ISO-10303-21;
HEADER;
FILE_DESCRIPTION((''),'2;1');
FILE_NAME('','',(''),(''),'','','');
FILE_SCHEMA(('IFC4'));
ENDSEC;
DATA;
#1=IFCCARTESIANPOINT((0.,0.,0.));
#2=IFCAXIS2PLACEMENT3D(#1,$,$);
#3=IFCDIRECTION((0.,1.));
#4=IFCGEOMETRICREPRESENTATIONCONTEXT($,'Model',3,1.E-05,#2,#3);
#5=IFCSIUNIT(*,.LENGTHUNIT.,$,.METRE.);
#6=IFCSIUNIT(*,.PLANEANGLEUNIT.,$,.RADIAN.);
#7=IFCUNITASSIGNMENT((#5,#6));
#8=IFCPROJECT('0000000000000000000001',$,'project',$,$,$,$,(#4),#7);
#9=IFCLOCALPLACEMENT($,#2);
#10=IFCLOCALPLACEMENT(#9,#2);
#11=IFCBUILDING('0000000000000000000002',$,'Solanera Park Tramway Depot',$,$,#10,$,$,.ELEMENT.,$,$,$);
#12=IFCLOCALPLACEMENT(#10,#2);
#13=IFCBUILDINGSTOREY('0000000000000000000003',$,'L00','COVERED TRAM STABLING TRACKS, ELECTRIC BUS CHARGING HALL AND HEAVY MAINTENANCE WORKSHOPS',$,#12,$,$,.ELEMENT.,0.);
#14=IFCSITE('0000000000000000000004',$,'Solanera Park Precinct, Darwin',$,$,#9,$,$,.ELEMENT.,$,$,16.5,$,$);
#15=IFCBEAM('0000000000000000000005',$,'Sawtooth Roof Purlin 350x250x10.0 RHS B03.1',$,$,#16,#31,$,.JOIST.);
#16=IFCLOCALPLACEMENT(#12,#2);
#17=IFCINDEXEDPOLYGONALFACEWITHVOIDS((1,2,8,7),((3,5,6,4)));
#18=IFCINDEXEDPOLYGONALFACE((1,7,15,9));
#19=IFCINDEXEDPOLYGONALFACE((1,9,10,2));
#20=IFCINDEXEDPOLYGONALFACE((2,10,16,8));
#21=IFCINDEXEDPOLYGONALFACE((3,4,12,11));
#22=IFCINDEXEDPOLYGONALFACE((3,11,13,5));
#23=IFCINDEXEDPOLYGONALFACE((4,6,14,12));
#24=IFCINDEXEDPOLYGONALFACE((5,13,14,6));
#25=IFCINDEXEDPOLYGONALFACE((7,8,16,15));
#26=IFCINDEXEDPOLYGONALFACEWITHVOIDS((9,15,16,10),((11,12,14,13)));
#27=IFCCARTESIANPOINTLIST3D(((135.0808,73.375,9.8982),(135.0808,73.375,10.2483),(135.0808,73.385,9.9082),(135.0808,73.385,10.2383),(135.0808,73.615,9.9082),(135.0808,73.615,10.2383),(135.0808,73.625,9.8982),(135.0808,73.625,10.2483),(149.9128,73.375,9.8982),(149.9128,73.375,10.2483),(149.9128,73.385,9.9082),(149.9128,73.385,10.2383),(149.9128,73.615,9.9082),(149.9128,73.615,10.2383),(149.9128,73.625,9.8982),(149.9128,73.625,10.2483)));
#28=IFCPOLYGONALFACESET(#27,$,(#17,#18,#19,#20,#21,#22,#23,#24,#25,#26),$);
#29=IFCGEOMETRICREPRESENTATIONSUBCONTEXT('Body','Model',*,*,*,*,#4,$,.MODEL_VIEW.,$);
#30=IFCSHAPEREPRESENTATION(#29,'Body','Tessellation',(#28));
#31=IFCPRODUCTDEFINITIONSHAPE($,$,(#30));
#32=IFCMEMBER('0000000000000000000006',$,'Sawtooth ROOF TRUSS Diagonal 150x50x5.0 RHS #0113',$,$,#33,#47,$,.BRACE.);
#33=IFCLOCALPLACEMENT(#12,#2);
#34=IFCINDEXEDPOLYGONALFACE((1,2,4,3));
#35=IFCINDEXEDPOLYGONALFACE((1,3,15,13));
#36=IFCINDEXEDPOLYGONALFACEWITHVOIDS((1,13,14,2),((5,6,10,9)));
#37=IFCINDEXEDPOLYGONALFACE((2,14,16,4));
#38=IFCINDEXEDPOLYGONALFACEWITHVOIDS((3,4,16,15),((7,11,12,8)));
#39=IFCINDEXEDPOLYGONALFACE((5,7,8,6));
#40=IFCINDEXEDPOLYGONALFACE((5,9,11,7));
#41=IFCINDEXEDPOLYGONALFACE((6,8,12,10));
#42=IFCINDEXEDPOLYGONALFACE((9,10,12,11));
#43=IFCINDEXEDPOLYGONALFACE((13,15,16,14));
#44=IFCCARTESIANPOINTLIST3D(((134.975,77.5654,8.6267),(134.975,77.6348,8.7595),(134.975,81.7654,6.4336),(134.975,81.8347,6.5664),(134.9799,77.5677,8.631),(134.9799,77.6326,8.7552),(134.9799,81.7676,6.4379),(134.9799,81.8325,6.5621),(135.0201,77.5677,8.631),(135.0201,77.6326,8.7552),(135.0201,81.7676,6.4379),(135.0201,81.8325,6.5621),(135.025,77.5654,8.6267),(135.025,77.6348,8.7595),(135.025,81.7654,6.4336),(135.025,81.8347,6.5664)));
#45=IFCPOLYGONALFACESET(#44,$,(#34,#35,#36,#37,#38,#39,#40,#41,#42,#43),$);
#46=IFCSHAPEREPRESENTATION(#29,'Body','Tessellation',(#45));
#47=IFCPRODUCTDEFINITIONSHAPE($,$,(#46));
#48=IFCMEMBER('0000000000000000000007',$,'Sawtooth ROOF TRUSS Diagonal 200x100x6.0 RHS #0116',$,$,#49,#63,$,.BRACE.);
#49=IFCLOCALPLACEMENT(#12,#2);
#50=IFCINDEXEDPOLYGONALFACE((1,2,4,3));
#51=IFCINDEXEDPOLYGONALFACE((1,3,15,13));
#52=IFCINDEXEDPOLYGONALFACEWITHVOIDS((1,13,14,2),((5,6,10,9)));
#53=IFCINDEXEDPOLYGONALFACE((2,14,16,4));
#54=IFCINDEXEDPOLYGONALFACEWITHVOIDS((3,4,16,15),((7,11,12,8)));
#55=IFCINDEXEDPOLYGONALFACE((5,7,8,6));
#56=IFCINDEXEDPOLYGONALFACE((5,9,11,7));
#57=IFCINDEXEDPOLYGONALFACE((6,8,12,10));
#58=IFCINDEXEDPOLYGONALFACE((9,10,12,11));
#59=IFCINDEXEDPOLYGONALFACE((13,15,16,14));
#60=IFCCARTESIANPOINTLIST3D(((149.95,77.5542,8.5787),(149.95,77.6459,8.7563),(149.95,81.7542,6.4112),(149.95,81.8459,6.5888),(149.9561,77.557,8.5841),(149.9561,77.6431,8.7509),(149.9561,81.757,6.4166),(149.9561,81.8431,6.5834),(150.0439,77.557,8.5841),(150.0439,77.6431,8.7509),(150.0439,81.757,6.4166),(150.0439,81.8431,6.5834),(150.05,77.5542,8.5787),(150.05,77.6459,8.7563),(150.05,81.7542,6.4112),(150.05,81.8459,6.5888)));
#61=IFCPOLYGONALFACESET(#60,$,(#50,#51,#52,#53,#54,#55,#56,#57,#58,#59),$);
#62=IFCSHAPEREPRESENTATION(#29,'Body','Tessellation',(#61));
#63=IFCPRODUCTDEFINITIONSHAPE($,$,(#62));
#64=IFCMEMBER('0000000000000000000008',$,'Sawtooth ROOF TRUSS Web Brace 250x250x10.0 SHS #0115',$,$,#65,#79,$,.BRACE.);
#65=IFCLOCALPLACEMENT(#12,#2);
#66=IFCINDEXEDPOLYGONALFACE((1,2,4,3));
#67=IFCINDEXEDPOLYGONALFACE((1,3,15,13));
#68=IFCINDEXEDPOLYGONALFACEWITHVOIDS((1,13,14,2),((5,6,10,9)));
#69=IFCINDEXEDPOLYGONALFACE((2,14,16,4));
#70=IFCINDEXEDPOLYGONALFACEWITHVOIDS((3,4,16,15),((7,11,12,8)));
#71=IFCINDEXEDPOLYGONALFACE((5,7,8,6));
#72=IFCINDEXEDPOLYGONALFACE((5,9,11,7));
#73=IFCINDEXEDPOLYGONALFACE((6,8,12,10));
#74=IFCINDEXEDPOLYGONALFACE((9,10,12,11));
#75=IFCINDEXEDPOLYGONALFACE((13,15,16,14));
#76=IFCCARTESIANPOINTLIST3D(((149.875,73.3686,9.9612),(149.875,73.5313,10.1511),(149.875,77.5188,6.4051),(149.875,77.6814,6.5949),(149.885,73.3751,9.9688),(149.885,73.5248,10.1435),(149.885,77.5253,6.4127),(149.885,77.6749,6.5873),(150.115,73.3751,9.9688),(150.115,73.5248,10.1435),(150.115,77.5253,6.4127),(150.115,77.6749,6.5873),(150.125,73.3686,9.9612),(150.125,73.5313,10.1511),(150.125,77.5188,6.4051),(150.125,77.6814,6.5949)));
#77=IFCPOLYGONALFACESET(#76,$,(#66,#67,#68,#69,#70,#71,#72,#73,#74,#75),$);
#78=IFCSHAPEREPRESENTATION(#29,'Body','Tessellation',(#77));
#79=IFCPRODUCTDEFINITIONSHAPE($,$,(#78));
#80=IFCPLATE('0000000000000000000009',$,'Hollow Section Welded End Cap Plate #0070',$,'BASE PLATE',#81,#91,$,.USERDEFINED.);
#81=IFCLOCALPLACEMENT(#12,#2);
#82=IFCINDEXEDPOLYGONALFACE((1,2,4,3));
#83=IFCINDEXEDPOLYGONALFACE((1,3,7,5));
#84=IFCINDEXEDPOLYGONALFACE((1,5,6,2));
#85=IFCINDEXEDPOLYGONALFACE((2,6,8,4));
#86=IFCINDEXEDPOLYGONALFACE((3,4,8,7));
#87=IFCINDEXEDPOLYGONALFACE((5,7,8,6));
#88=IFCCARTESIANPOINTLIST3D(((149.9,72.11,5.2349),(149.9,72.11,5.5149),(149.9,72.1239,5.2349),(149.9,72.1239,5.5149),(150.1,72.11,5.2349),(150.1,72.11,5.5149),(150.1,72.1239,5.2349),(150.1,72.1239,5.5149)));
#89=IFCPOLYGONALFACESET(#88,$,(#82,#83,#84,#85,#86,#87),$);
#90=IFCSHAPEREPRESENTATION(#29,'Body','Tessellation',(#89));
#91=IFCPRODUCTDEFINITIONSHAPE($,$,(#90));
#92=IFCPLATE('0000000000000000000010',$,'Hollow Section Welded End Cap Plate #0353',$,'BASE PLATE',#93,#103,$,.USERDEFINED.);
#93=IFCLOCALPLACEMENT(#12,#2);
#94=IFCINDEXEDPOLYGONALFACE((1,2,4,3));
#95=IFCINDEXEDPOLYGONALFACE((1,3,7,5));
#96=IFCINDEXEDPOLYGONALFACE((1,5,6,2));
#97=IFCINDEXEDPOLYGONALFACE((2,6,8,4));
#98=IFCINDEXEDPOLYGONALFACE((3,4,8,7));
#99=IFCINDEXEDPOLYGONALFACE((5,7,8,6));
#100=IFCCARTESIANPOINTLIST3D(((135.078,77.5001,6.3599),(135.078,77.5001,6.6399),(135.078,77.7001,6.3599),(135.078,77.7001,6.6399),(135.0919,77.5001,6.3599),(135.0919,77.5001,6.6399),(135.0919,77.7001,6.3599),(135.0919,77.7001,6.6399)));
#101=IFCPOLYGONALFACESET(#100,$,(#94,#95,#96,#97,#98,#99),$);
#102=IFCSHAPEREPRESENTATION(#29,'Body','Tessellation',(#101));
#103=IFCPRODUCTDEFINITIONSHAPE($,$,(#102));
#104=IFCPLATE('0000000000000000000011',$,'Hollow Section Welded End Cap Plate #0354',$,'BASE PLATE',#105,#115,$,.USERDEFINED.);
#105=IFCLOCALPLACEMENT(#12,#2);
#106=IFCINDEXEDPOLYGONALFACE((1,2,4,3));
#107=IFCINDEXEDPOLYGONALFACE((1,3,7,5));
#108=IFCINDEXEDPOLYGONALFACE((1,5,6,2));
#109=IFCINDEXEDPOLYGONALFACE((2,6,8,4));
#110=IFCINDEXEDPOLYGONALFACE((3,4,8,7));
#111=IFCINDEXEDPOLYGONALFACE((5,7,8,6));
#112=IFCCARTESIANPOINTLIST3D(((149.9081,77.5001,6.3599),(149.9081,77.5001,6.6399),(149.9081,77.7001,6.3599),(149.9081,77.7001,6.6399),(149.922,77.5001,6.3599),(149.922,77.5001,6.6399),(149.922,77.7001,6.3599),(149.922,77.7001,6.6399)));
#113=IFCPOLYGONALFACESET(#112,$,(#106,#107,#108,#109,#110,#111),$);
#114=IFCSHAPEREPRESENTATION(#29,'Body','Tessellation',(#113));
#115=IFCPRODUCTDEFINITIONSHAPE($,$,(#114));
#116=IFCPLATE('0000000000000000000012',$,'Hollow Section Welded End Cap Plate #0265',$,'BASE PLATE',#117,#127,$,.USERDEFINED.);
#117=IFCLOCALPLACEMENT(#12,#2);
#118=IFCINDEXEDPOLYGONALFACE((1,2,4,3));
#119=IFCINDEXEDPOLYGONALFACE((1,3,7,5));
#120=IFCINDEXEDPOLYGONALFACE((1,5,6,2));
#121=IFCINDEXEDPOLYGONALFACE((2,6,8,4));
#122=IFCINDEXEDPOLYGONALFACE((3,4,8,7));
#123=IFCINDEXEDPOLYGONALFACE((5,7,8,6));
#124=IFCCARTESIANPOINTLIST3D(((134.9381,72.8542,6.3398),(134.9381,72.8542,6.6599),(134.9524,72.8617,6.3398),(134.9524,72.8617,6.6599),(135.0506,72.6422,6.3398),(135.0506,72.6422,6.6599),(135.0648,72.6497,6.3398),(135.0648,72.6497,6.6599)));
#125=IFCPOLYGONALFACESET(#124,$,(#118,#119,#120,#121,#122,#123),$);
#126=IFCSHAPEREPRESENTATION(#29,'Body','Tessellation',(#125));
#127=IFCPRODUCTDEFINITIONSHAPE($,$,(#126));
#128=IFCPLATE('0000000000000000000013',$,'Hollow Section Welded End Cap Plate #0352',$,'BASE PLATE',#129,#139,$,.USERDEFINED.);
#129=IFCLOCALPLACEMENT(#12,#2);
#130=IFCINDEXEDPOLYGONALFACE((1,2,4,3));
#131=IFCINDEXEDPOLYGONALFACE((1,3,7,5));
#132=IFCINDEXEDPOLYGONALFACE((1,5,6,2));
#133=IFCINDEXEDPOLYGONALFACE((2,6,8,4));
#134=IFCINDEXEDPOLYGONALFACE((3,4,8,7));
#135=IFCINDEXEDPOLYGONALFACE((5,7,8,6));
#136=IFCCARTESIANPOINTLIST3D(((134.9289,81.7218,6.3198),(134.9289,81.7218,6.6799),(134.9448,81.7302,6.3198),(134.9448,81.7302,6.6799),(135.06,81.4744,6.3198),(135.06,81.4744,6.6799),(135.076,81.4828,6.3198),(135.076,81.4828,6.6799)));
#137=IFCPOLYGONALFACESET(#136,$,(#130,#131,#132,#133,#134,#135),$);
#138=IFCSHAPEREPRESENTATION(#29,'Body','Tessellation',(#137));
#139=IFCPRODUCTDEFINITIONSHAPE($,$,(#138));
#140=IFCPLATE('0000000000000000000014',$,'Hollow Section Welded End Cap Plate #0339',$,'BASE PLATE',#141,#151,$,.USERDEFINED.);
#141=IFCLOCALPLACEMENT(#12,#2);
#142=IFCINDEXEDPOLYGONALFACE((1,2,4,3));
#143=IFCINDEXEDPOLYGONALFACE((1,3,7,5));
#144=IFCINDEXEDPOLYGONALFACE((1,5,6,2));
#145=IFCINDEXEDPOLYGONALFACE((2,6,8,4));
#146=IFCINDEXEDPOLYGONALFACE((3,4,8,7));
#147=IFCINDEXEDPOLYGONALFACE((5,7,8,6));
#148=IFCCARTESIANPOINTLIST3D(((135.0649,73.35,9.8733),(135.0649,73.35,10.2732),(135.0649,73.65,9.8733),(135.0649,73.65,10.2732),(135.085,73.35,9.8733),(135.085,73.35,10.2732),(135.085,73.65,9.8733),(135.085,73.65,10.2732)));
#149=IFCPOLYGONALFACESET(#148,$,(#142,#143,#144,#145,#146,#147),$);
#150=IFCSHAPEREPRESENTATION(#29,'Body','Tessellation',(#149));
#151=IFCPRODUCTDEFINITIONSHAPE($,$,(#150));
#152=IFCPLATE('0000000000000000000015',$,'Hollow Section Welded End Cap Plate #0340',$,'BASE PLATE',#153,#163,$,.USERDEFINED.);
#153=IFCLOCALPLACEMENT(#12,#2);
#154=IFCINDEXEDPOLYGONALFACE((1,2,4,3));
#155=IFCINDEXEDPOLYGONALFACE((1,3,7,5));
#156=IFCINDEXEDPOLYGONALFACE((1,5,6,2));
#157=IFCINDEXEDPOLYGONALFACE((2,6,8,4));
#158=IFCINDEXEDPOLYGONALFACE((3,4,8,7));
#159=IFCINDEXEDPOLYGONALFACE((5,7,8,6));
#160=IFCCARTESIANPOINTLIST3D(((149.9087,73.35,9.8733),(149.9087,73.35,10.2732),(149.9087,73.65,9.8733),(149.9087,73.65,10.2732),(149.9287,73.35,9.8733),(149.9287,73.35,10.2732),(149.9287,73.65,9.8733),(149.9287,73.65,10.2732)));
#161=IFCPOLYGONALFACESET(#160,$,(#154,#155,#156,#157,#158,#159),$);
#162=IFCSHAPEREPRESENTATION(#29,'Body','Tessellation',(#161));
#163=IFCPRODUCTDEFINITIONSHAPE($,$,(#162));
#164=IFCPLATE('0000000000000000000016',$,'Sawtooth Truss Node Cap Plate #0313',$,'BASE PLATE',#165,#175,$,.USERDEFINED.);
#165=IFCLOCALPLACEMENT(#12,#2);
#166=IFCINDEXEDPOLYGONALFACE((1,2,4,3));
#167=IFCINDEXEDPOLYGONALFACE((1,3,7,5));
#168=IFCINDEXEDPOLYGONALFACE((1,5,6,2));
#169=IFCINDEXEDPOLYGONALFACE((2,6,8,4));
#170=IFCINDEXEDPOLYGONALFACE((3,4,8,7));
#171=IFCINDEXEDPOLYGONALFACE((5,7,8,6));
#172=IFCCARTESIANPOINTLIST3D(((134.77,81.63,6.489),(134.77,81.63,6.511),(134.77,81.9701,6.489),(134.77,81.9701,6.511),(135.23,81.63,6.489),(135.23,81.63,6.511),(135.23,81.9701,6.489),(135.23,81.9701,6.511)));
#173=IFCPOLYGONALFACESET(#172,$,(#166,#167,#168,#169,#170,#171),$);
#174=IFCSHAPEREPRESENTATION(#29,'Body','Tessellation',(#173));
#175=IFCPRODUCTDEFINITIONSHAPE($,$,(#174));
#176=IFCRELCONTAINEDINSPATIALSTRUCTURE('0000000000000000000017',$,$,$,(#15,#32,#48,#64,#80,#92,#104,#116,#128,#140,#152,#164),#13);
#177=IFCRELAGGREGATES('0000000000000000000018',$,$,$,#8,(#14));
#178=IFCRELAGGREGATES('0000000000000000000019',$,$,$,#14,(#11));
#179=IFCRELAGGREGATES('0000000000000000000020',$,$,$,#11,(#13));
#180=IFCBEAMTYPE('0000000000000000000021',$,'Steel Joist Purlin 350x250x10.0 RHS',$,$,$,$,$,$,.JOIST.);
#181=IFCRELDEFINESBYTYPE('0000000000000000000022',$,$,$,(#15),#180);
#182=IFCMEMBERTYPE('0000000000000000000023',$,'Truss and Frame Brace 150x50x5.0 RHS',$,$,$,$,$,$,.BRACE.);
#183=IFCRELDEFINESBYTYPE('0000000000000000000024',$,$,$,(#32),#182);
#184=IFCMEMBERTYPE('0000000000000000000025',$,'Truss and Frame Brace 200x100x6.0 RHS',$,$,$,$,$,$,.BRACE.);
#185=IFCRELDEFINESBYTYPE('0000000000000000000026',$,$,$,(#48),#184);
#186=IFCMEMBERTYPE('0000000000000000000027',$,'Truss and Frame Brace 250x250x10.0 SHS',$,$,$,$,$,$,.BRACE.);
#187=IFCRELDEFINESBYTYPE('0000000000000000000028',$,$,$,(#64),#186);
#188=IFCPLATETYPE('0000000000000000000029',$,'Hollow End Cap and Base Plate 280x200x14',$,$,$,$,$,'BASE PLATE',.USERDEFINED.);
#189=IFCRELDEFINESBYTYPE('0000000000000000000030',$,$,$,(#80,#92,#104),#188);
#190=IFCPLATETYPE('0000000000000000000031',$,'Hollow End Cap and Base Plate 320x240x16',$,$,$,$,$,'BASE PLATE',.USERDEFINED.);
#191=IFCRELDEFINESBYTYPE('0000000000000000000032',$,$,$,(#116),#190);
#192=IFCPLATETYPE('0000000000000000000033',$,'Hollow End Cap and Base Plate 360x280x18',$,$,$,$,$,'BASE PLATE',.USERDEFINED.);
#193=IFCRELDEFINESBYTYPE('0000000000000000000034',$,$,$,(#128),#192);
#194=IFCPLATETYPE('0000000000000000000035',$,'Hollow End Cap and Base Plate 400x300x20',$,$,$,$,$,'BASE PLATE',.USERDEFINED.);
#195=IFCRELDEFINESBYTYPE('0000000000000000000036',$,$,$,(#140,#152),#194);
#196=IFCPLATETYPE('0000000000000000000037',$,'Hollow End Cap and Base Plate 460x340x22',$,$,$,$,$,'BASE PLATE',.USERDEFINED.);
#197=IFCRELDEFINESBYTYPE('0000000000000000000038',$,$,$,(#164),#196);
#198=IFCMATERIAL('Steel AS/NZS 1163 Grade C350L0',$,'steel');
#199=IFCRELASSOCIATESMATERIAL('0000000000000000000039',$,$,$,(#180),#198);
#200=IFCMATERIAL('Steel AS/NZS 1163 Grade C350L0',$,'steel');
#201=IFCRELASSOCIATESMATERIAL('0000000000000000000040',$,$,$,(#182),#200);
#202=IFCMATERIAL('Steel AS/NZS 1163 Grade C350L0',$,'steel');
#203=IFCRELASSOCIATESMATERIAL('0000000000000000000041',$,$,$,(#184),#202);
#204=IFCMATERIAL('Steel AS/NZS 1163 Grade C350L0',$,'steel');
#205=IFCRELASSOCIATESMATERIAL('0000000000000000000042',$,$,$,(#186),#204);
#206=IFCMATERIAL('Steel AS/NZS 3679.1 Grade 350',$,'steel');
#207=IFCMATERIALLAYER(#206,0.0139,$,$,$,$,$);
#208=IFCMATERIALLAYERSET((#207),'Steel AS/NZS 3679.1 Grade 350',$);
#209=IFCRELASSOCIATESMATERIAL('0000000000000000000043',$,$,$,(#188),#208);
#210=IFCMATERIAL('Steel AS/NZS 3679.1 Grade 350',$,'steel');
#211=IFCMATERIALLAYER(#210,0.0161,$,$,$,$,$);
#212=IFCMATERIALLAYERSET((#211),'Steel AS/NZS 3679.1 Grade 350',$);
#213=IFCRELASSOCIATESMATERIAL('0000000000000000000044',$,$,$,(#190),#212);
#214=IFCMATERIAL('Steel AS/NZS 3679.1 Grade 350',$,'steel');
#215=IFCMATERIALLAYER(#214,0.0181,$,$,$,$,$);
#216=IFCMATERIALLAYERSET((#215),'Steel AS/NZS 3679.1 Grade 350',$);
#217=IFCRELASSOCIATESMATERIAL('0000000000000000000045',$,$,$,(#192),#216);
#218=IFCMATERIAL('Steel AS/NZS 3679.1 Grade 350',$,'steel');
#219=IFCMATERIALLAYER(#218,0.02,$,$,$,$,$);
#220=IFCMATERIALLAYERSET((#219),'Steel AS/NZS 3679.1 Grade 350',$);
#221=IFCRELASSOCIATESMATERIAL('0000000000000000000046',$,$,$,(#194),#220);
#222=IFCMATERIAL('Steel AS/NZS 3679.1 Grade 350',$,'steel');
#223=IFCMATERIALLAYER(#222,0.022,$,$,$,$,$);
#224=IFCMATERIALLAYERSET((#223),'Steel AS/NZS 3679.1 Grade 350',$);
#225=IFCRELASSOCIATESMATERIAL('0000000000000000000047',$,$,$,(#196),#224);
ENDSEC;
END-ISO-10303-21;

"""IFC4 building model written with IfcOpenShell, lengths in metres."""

from ifc_helpers import new_model, si_unit, direction, frame, origin, origin_2d, place, context, subcontext, project, spatial, rectangle, hollow_rectangle, extrude, material, layer, layer_set, material_profile, profile_set, type_object, element, save


model = new_model("IFC4")

# Units and contexts
model_context = context("Model", 3, precision=1e-05, world=origin(), true_north=direction((0.0, 1.0)))
body_context = subcontext(model_context, "Body", "Model", "MODEL_VIEW")
ifc_project = project(units=[si_unit("LENGTHUNIT", "METRE"), si_unit("PLANEANGLEUNIT", "RADIAN")], contexts=[model_context])

# Site, building, storey
site_placement = place(None, origin())
site = spatial("IfcSite", under=ifc_project, at=site_placement, Name="Solanera Park Precinct, Darwin", CompositionType="ELEMENT", RefElevation=16.5)
building_placement = place(site_placement, origin())
building = spatial("IfcBuilding", under=site, at=building_placement, Name="Solanera Park Tramway Depot", CompositionType="ELEMENT")
storey_placement = place(building_placement, origin())
storey = spatial("IfcBuildingStorey", under=building, at=storey_placement, Name="L00", Description="COVERED TRAM STABLING TRACKS, ELECTRIC BUS CHARGING HALL AND HEAVY MAINTENANCE WORKSHOPS", CompositionType="ELEMENT", Elevation=0.0)

# Beam
ifc_material_1 = material(Name="Steel AS/NZS 1163 Grade C350L0", Category="steel")
ifc_material_profile_1 = material_profile(ifc_material_1, hollow_rectangle(XDim=0.25, YDim=0.3501, WallThickness=0.01, at=origin_2d()), Name="350x250x10.0 RHS")
ifc_profile_set_1 = profile_set([ifc_material_profile_1], Name="Steel AS/NZS 1163 Grade C350L0")
beam_type_1 = type_object("IfcBeamType", Name="Steel Joist Purlin 350x250x10.0 RHS", PredefinedType="JOIST", material=ifc_profile_set_1)
beam_1_placement = place(storey_placement, frame((135.0808, 73.5, 10.0732), z_axis=(1.0, 0.0, 0.0), x_axis=(0.0, 1.0, 0.0)))
element("IfcBeam", 1, at=beam_1_placement, inside=storey, type_object=beam_type_1, Name="Sawtooth Roof Purlin 350x250x10.0 RHS B03.1", PredefinedType="JOIST", context=body_context, shape_type="SweptSolid", body=[
    extrude(hollow_rectangle(XDim=0.25, YDim=0.3501, WallThickness=0.01, at=origin_2d()), origin(), (0.0, 0.0, 1.0), 14.832),
])

# Members
ifc_material_2 = material(Name="Steel AS/NZS 1163 Grade C350L0", Category="steel")
ifc_material_profile_2 = material_profile(ifc_material_2, hollow_rectangle(XDim=0.05, YDim=0.1499, WallThickness=0.0049, at=origin_2d()), Name="150x50x5.0 RHS")
ifc_profile_set_2 = profile_set([ifc_material_profile_2], Name="Steel AS/NZS 1163 Grade C350L0")
member_type_1 = type_object("IfcMemberType", Name="Truss and Frame Brace 150x50x5.0 RHS", PredefinedType="BRACE", material=ifc_profile_set_2)
member_1_placement = place(storey_placement, frame((135.0, 81.8, 6.5), z_axis=(0.0, -0.886426, 0.462871), x_axis=(1.0, 0.0, 0.0)))
element("IfcMember", 2, at=member_1_placement, inside=storey, type_object=member_type_1, Name="Sawtooth ROOF TRUSS Diagonal 150x50x5.0 RHS #0113", PredefinedType="BRACE", context=body_context, shape_type="SweptSolid", body=[
    extrude(hollow_rectangle(XDim=0.05, YDim=0.1499, WallThickness=0.0049, at=origin_2d()), origin(), (0.0, 0.0, 1.0), 4.738),
])
ifc_material_3 = material(Name="Steel AS/NZS 1163 Grade C350L0", Category="steel")
ifc_material_profile_3 = material_profile(ifc_material_3, hollow_rectangle(XDim=0.1001, YDim=0.2, WallThickness=0.0061, at=origin_2d()), Name="200x100x6.0 RHS")
ifc_profile_set_3 = profile_set([ifc_material_profile_3], Name="Steel AS/NZS 1163 Grade C350L0")
member_type_2 = type_object("IfcMemberType", Name="Truss and Frame Brace 200x100x6.0 RHS", PredefinedType="BRACE", material=ifc_profile_set_3)
member_2_placement = place(storey_placement, frame((150.0, 81.8, 6.5), z_axis=(0.0, -0.888641, 0.458603), x_axis=(1.0, 0.0, 0.0)))
element("IfcMember", 3, at=member_2_placement, inside=storey, type_object=member_type_2, Name="Sawtooth ROOF TRUSS Diagonal 200x100x6.0 RHS #0116", PredefinedType="BRACE", context=body_context, shape_type="SweptSolid", body=[
    extrude(hollow_rectangle(XDim=0.1001, YDim=0.2, WallThickness=0.0061, at=origin_2d()), origin(), (0.0, 0.0, 1.0), 4.7263),
])
ifc_material_4 = material(Name="Steel AS/NZS 1163 Grade C350L0", Category="steel")
ifc_material_profile_4 = material_profile(ifc_material_4, hollow_rectangle(XDim=0.25, YDim=0.25, WallThickness=0.01, at=origin_2d()), Name="250x250x10.0 SHS")
ifc_profile_set_4 = profile_set([ifc_material_profile_4], Name="Steel AS/NZS 1163 Grade C350L0")
member_type_3 = type_object("IfcMemberType", Name="Truss and Frame Brace 250x250x10.0 SHS", PredefinedType="BRACE", material=ifc_profile_set_4)
member_3_placement = place(storey_placement, frame((150.0, 77.6001, 6.5), z_axis=(0.0, -0.759357, 0.650674), x_axis=(1.0, 0.0, 0.0)))
element("IfcMember", 4, at=member_3_placement, inside=storey, type_object=member_type_3, Name="Sawtooth ROOF TRUSS Web Brace 250x250x10.0 SHS #0115", PredefinedType="BRACE", context=body_context, shape_type="SweptSolid", body=[
    extrude(hollow_rectangle(XDim=0.25, YDim=0.25, WallThickness=0.01, at=origin_2d()), origin(), (0.0, 0.0, 1.0), 5.4653),
])

# Plates
ifc_material_5 = material(Name="Steel AS/NZS 3679.1 Grade 350", Category="steel")
ifc_layer_1 = layer(ifc_material_5, 0.0139)
ifc_layer_set_1 = layer_set([ifc_layer_1], Name="Steel AS/NZS 3679.1 Grade 350")
plate_type_1 = type_object("IfcPlateType", Name="Hollow End Cap and Base Plate 280x200x14", ElementType="BASE PLATE", PredefinedType="USERDEFINED", material=ifc_layer_set_1)
for number, where, z_axis, x_axis, name in (
    (5, (150.0, 72.1169, 5.2349), (0.0, 0.0, 1.0), (0.0, 1.0, 0.0), "Hollow Section Welded End Cap Plate #0070"),
    (6, (135.085, 77.6001, 6.3599), (0.0, 0.0, 1.0), (1.0, 0.0, 0.0), "Hollow Section Welded End Cap Plate #0353"),
    (7, (149.915, 77.6001, 6.3599), (0.0, 0.0, 1.0), (1.0, 0.0, 0.0), "Hollow Section Welded End Cap Plate #0354"),
):
    element("IfcPlate", number, at=place(storey_placement, frame(where, z_axis=z_axis, x_axis=x_axis)), inside=storey, type_object=plate_type_1, Name=name, ObjectType="BASE PLATE", PredefinedType="USERDEFINED", context=body_context, shape_type="SweptSolid", body=[
        extrude(rectangle(XDim=0.0139, YDim=0.2, at=origin_2d()), origin(), (0.0, 0.0, 1.0), 0.28),
    ])
ifc_material_6 = material(Name="Steel AS/NZS 3679.1 Grade 350", Category="steel")
ifc_layer_2 = layer(ifc_material_6, 0.0161)
ifc_layer_set_2 = layer_set([ifc_layer_2], Name="Steel AS/NZS 3679.1 Grade 350")
plate_type_2 = type_object("IfcPlateType", Name="Hollow End Cap and Base Plate 320x240x16", ElementType="BASE PLATE", PredefinedType="USERDEFINED", material=ifc_layer_set_2)
plate_1_placement = place(storey_placement, frame((135.0015, 72.752, 6.3398), z_axis=(0.0, 0.0, 1.0), x_axis=(0.883521, 0.468392, 0.0)))
element("IfcPlate", 8, at=plate_1_placement, inside=storey, type_object=plate_type_2, Name="Hollow Section Welded End Cap Plate #0265", ObjectType="BASE PLATE", PredefinedType="USERDEFINED", context=body_context, shape_type="SweptSolid", body=[
    extrude(rectangle(XDim=0.0161, YDim=0.24, at=origin_2d()), origin(), (0.0, 0.0, 1.0), 0.3201),
])
ifc_material_7 = material(Name="Steel AS/NZS 3679.1 Grade 350", Category="steel")
ifc_layer_3 = layer(ifc_material_7, 0.0181)
ifc_layer_set_3 = layer_set([ifc_layer_3], Name="Steel AS/NZS 3679.1 Grade 350")
plate_type_3 = type_object("IfcPlateType", Name="Hollow End Cap and Base Plate 360x280x18", ElementType="BASE PLATE", PredefinedType="USERDEFINED", material=ifc_layer_set_3)
plate_2_placement = place(storey_placement, frame((135.0024, 81.6023, 6.3198), z_axis=(0.0, 0.0, 1.0), x_axis=(0.883521, 0.468392, 0.0)))
element("IfcPlate", 9, at=plate_2_placement, inside=storey, type_object=plate_type_3, Name="Hollow Section Welded End Cap Plate #0352", ObjectType="BASE PLATE", PredefinedType="USERDEFINED", context=body_context, shape_type="SweptSolid", body=[
    extrude(rectangle(XDim=0.0181, YDim=0.28, at=origin_2d()), origin(), (0.0, 0.0, 1.0), 0.3601),
])
ifc_material_8 = material(Name="Steel AS/NZS 3679.1 Grade 350", Category="steel")
ifc_layer_4 = layer(ifc_material_8, 0.02)
ifc_layer_set_4 = layer_set([ifc_layer_4], Name="Steel AS/NZS 3679.1 Grade 350")
plate_type_4 = type_object("IfcPlateType", Name="Hollow End Cap and Base Plate 400x300x20", ElementType="BASE PLATE", PredefinedType="USERDEFINED", material=ifc_layer_set_4)
for number, where, z_axis, x_axis, name in (
    (10, (135.075, 73.5, 9.8733), (0.0, 0.0, 1.0), (1.0, 0.0, 0.0), "Hollow Section Welded End Cap Plate #0339"),
    (11, (149.9187, 73.5, 9.8733), (0.0, 0.0, 1.0), (1.0, 0.0, 0.0), "Hollow Section Welded End Cap Plate #0340"),
):
    element("IfcPlate", number, at=place(storey_placement, frame(where, z_axis=z_axis, x_axis=x_axis)), inside=storey, type_object=plate_type_4, Name=name, ObjectType="BASE PLATE", PredefinedType="USERDEFINED", context=body_context, shape_type="SweptSolid", body=[
        extrude(rectangle(XDim=0.02, YDim=0.3, at=origin_2d()), origin(), (0.0, 0.0, 1.0), 0.3999),
    ])
ifc_material_9 = material(Name="Steel AS/NZS 3679.1 Grade 350", Category="steel")
ifc_layer_5 = layer(ifc_material_9, 0.022)
ifc_layer_set_5 = layer_set([ifc_layer_5], Name="Steel AS/NZS 3679.1 Grade 350")
plate_type_5 = type_object("IfcPlateType", Name="Hollow End Cap and Base Plate 460x340x22", ElementType="BASE PLATE", PredefinedType="USERDEFINED", material=ifc_layer_set_5)
plate_3_placement = place(storey_placement, frame((135.0, 81.8, 6.489), z_axis=(0.0, 0.0, 1.0), x_axis=(1.0, 0.0, 0.0)))
element("IfcPlate", 12, at=plate_3_placement, inside=storey, type_object=plate_type_5, Name="Sawtooth Truss Node Cap Plate #0313", ObjectType="BASE PLATE", PredefinedType="USERDEFINED", context=body_context, shape_type="SweptSolid", body=[
    extrude(rectangle(XDim=0.46, YDim=0.3401, at=origin_2d()), origin(), (0.0, 0.0, 1.0), 0.022),
])

save(model, "model.ifc")
